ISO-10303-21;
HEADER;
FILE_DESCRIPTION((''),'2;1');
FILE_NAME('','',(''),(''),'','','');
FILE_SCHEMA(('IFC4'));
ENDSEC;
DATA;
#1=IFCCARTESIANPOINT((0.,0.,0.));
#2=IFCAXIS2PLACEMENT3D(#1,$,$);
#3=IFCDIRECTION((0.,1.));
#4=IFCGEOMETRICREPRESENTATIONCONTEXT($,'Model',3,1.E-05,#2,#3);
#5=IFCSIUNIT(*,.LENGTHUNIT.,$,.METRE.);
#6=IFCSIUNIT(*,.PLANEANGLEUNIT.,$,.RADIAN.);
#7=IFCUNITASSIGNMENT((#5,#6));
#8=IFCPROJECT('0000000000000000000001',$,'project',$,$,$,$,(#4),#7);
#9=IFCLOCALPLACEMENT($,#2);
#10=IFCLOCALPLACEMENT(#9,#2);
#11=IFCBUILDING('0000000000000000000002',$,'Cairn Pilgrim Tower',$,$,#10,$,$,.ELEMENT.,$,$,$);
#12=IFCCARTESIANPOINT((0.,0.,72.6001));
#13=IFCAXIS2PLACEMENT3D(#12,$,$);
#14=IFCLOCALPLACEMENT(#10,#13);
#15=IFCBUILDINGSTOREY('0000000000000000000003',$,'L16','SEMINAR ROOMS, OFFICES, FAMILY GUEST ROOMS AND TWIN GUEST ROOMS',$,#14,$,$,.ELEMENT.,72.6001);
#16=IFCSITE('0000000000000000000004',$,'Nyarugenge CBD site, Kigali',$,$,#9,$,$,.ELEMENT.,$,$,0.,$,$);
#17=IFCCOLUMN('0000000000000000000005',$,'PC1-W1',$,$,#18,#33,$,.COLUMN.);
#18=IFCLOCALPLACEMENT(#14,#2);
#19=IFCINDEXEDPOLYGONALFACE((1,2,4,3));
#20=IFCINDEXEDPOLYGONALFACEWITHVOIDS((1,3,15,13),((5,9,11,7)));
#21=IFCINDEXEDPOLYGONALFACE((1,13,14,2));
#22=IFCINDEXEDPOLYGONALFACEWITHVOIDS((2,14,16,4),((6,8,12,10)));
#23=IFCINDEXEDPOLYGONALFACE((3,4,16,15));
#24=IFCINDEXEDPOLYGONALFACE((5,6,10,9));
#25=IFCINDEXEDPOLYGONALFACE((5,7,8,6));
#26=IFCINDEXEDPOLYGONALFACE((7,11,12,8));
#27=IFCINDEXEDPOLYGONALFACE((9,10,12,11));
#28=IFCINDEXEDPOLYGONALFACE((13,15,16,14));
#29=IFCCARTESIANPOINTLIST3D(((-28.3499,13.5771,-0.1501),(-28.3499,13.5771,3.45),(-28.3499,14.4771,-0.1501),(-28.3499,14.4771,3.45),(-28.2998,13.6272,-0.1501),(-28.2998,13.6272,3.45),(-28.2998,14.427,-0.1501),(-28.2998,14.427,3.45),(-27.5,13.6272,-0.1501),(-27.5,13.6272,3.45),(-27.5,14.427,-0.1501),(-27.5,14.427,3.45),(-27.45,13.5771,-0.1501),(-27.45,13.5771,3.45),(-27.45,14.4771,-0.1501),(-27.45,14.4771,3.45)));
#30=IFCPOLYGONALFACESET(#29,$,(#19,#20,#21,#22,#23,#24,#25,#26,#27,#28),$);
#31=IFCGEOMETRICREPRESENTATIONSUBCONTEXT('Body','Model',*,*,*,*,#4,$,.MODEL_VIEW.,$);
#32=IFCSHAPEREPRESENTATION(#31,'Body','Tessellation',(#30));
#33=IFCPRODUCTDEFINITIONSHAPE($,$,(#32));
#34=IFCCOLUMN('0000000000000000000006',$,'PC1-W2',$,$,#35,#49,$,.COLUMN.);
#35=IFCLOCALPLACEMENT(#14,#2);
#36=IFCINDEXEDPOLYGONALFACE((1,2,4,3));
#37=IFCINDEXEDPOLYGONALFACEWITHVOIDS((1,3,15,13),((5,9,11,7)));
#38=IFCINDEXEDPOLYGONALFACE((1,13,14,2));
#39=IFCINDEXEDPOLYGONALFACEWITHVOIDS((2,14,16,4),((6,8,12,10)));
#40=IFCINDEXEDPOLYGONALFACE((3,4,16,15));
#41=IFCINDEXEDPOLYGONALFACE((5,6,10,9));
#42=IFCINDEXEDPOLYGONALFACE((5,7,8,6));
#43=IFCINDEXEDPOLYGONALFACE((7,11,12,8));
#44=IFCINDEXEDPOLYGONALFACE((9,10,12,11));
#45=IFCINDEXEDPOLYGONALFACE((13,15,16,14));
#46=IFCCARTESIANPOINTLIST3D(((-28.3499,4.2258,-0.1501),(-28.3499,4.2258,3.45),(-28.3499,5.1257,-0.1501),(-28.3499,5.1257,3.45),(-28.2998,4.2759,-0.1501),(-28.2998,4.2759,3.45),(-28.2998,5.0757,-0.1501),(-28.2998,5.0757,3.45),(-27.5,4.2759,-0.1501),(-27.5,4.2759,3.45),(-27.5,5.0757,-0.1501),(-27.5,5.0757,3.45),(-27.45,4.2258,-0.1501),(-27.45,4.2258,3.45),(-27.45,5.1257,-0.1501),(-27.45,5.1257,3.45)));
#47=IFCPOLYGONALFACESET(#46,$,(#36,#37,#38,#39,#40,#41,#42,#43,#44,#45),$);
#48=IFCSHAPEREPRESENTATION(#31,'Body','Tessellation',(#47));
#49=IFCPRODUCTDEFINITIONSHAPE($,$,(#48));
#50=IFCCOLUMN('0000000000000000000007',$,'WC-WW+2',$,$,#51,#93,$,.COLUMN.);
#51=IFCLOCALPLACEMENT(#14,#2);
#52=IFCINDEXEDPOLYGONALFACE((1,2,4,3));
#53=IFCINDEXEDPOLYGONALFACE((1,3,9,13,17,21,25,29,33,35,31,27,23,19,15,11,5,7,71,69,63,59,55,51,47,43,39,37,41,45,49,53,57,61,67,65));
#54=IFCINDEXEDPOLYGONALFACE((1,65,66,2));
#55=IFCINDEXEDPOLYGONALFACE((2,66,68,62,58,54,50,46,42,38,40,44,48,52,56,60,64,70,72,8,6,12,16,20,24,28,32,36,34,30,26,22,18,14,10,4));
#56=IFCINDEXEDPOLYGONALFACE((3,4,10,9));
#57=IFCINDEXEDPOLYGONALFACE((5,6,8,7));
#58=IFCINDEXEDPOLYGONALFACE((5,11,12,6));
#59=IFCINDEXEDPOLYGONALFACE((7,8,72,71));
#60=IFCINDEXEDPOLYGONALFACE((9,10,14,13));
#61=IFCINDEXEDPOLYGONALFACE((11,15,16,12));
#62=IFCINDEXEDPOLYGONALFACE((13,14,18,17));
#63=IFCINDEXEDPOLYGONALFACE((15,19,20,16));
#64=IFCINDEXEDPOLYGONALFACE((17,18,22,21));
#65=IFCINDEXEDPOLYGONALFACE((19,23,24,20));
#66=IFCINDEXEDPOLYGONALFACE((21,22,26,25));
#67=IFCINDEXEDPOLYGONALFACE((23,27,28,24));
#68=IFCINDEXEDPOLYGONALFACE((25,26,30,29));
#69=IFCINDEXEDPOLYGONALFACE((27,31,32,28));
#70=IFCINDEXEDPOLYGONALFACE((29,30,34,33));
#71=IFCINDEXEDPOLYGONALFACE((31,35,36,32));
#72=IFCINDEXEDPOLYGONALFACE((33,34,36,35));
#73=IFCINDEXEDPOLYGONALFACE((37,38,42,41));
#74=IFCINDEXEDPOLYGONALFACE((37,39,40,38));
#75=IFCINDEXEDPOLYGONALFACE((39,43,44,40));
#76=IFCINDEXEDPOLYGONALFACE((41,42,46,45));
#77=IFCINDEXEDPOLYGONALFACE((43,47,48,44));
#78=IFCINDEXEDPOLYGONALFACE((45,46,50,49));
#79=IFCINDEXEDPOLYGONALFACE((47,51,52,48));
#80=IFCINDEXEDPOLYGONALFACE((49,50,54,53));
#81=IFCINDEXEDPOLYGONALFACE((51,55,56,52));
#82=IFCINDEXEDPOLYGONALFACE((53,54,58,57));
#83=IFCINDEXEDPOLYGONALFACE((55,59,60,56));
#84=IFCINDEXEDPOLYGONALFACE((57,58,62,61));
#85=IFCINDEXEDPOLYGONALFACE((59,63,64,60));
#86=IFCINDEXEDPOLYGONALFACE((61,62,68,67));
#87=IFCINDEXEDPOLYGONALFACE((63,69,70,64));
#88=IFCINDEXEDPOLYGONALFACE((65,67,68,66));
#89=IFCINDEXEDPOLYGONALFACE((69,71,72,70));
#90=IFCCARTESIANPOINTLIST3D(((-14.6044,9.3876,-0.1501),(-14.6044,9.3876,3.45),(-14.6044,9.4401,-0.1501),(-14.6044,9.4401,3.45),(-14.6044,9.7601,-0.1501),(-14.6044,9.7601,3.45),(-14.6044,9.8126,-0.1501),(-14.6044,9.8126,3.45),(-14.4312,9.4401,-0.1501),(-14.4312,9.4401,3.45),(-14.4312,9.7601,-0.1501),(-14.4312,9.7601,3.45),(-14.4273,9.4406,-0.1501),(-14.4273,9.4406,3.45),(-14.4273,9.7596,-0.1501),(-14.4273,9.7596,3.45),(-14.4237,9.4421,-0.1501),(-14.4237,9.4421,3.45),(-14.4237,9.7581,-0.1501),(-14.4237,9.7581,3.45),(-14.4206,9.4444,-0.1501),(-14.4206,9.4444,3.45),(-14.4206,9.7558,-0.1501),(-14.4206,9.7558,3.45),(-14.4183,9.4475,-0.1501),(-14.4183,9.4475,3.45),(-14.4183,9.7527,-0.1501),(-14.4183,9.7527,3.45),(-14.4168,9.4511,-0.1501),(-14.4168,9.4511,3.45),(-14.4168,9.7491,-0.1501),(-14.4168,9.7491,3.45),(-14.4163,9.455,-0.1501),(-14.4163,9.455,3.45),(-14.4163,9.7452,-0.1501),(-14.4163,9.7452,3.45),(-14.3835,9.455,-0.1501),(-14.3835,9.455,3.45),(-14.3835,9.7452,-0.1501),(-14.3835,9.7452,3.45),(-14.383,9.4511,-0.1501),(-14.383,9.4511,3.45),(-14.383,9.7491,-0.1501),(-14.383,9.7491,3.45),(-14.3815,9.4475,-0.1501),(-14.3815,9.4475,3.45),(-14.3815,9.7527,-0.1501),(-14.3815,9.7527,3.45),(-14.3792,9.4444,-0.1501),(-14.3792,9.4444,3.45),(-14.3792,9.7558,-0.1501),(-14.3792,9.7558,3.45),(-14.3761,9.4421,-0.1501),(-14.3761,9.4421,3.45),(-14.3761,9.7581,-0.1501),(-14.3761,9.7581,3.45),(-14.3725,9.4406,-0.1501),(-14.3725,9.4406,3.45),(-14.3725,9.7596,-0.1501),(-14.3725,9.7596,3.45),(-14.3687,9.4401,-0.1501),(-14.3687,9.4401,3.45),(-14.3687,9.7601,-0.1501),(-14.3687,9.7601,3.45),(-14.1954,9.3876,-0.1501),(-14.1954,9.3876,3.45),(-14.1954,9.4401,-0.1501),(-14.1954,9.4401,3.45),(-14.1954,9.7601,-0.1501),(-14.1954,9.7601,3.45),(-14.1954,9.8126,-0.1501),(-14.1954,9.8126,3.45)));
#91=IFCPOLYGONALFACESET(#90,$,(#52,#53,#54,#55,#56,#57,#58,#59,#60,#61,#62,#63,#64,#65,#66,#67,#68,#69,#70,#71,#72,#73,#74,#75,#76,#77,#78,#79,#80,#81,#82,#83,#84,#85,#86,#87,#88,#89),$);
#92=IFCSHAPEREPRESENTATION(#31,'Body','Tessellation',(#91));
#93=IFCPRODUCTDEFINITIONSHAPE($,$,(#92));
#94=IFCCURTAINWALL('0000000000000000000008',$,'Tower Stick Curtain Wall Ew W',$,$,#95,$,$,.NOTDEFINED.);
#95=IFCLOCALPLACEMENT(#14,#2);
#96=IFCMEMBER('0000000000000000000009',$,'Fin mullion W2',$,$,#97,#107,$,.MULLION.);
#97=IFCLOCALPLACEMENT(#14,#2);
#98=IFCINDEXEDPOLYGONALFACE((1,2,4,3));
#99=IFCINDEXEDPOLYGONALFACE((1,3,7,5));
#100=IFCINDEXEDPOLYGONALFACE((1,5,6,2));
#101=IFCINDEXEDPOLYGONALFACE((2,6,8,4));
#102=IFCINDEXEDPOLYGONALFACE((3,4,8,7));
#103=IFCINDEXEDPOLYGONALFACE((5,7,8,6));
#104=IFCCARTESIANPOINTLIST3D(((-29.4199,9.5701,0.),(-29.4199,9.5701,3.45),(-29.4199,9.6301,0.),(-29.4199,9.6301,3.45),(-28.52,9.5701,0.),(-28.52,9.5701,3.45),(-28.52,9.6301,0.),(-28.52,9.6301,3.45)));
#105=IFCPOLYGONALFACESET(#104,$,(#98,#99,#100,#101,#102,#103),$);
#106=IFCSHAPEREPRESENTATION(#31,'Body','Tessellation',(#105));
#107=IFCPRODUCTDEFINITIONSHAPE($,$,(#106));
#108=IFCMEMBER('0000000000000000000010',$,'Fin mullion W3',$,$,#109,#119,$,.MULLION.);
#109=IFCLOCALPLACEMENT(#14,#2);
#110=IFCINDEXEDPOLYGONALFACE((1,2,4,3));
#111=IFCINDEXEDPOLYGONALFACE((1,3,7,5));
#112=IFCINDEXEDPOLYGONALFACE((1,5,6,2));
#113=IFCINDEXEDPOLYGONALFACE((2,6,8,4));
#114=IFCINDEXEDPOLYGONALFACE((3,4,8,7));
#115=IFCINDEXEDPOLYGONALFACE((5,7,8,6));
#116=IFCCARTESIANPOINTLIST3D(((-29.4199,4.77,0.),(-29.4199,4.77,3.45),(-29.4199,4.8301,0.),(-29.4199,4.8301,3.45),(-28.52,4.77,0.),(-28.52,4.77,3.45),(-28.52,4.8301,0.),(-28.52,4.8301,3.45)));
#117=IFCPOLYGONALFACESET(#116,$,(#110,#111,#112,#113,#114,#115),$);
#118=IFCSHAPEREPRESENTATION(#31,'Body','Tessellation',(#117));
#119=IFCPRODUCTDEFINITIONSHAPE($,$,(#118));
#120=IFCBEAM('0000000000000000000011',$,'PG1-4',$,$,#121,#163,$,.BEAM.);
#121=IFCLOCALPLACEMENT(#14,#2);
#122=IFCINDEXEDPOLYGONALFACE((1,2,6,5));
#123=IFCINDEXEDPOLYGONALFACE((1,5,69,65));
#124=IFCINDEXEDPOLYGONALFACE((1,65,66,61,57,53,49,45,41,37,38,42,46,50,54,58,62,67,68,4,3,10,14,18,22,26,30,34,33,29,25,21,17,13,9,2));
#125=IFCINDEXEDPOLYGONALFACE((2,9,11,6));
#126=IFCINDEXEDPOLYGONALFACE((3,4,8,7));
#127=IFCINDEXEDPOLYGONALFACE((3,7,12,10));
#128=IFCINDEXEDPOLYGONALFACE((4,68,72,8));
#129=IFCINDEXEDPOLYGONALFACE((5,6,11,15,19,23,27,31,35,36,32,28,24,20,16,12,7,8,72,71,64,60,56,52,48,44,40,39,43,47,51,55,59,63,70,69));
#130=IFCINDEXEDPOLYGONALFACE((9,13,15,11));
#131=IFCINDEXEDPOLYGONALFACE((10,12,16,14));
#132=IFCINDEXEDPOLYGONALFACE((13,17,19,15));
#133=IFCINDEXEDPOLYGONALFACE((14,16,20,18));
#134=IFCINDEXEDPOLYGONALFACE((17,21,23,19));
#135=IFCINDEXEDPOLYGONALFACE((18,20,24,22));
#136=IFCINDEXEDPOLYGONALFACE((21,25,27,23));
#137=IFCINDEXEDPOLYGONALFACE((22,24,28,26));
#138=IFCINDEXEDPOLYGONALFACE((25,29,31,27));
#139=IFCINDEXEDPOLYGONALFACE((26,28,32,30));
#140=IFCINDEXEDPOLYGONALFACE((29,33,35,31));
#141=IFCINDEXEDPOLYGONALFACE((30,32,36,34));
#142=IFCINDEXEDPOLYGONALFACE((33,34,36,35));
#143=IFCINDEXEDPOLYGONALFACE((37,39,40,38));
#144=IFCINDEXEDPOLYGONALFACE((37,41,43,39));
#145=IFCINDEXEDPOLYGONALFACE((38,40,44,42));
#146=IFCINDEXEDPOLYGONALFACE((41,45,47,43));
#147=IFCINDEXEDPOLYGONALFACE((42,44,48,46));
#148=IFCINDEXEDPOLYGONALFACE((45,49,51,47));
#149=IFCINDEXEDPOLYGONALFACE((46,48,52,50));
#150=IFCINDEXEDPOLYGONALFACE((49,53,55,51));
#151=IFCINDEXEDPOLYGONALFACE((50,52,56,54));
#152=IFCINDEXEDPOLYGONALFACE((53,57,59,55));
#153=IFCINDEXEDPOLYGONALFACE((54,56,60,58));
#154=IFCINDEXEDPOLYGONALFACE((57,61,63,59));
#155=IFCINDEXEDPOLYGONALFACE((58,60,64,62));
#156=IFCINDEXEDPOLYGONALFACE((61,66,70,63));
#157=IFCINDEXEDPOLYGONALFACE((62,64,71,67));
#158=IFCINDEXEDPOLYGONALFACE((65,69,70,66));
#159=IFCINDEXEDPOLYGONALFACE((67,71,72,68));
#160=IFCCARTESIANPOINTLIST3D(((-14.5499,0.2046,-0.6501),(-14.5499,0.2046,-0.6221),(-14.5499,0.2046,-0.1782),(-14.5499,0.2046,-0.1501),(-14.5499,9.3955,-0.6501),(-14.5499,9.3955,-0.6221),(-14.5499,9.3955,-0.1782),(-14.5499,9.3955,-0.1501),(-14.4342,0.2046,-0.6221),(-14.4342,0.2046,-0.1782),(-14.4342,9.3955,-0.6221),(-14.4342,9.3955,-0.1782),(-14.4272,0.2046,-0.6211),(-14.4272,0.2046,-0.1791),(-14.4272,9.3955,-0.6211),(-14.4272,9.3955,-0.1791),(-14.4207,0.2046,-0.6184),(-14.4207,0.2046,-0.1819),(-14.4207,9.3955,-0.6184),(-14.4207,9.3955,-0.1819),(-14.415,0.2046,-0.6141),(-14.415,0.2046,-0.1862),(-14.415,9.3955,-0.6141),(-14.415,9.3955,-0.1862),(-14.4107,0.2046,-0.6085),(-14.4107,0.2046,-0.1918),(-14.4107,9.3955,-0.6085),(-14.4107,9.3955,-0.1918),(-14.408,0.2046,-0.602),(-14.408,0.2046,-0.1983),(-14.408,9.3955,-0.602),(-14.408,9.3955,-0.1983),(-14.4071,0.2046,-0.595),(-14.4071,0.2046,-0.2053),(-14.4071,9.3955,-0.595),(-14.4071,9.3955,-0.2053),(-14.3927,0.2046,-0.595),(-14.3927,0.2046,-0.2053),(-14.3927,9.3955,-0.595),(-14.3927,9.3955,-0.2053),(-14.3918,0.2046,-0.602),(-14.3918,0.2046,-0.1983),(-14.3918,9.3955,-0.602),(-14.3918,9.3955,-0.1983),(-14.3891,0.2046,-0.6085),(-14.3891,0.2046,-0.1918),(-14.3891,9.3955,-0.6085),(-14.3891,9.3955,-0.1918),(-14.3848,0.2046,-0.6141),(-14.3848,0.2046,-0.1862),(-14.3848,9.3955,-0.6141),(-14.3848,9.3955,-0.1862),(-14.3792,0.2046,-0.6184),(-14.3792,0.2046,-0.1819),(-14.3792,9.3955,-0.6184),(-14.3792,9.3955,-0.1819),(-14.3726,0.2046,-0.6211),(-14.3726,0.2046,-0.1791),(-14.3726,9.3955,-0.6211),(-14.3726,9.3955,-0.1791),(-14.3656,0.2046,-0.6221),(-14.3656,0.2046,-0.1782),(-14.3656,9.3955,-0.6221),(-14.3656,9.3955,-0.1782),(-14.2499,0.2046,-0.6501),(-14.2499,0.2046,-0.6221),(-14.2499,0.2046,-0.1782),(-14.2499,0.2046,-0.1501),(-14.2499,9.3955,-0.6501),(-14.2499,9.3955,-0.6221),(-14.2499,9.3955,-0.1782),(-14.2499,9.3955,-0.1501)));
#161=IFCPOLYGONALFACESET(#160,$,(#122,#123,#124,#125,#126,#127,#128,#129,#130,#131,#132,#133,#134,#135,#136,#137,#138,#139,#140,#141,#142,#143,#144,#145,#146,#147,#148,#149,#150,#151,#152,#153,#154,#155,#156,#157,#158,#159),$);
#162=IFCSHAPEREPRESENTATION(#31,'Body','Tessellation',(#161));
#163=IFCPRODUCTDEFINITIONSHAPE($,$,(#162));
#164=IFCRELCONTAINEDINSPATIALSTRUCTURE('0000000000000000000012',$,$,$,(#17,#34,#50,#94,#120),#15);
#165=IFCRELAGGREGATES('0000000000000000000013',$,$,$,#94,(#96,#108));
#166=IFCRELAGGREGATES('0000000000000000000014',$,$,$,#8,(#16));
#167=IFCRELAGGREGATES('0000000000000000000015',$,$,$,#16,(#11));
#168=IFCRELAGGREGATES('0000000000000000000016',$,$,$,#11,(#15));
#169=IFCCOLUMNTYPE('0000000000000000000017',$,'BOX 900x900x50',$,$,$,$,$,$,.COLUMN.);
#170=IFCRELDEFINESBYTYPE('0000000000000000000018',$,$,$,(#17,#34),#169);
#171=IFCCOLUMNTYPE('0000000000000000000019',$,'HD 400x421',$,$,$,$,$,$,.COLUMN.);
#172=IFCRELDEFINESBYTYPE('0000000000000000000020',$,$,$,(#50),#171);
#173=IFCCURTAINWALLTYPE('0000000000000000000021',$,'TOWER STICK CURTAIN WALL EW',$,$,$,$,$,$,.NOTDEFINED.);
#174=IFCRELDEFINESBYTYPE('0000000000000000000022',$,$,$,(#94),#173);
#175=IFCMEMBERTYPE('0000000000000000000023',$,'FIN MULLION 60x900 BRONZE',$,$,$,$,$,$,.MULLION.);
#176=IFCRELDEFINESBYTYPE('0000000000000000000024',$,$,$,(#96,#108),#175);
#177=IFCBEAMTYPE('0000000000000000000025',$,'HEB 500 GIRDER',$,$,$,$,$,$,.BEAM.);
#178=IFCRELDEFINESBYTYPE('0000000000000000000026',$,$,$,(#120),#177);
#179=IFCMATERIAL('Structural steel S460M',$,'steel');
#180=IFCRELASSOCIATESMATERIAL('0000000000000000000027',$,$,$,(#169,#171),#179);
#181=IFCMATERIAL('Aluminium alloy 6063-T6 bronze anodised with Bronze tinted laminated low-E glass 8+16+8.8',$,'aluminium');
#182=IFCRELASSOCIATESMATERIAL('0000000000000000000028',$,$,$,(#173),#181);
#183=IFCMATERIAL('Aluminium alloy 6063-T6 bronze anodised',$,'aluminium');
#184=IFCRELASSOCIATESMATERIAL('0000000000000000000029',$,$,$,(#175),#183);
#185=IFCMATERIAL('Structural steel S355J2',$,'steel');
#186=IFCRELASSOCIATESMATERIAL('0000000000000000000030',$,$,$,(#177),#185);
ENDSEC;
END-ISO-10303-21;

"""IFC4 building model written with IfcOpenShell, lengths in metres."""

from ifc_helpers import new_model, si_unit, direction, frame, origin, origin_2d, place, context, subcontext, project, spatial, rectangle, hollow_rectangle, i_section, extrude, material, material_profile, profile_set, type_object, element, aggregate, save


model = new_model("IFC4")

# Units and contexts
model_context = context("Model", 3, precision=1e-05, world=origin(), true_north=direction((0.0, 1.0)))
body_context = subcontext(model_context, "Body", "Model", "MODEL_VIEW")
ifc_project = project(units=[si_unit("LENGTHUNIT", "METRE"), si_unit("PLANEANGLEUNIT", "RADIAN")], contexts=[model_context])

# Site, building, storey
site_placement = place(None, origin())
site = spatial("IfcSite", under=ifc_project, at=site_placement, Name="Nyarugenge CBD site, Kigali", CompositionType="ELEMENT", RefElevation=0.0)
building_placement = place(site_placement, origin())
building = spatial("IfcBuilding", under=site, at=building_placement, Name="Cairn Pilgrim Tower", CompositionType="ELEMENT")
storey_placement = place(building_placement, frame((0.0, 0.0, 72.6001)))
storey = spatial("IfcBuildingStorey", under=building, at=storey_placement, Name="L16", Description="SEMINAR ROOMS, OFFICES, FAMILY GUEST ROOMS AND TWIN GUEST ROOMS", CompositionType="ELEMENT", Elevation=72.6001)

# Columns
ifc_material_1 = material(Name="Structural steel S460M", Category="steel")
ifc_material_profile_1 = material_profile(ifc_material_1, hollow_rectangle(XDim=0.8999, YDim=0.8999, WallThickness=0.05, at=origin_2d()), Name="BOX 900x900x50")
ifc_profile_set_1 = profile_set([ifc_material_profile_1], Name="Structural steel S460M")
column_type_1 = type_object("IfcColumnType", Name="BOX 900x900x50", PredefinedType="COLUMN", material=ifc_profile_set_1)
for number, where, z_axis, x_axis, name in (
    (1, (-27.8999, 14.0271, -0.1501), (0.0, 0.0, 1.0), (1.0, 0.0, 0.0), "PC1-W1"),
    (2, (-27.8999, 4.6758, -0.1501), (0.0, 0.0, 1.0), (1.0, 0.0, 0.0), "PC1-W2"),
):
    element("IfcColumn", number, at=place(storey_placement, frame(where, z_axis=z_axis, x_axis=x_axis)), inside=storey, type_object=column_type_1, Name=name, PredefinedType="COLUMN", context=body_context, shape_type="SweptSolid", body=[
        extrude(hollow_rectangle(XDim=0.8999, YDim=0.8999, WallThickness=0.05, at=origin_2d()), origin(), (0.0, 0.0, 1.0), 3.6001),
    ])
ifc_material_profile_2 = material_profile(ifc_material_1, i_section(OverallWidth=0.4089, OverallDepth=0.425, WebThickness=0.0327, FlangeThickness=0.0525, FilletRadius=0.0149, at=origin_2d()), Name="HD 400x421")
ifc_profile_set_2 = profile_set([ifc_material_profile_2], Name="Structural steel S460M")
column_type_2 = type_object("IfcColumnType", Name="HD 400x421", PredefinedType="COLUMN", material=ifc_profile_set_2)
column_placement = place(storey_placement, frame((-14.3999, 9.6001, -0.1501), z_axis=(0.0, 0.0, 1.0), x_axis=(1.0, 0.0, 0.0)))
element("IfcColumn", 3, at=column_placement, inside=storey, type_object=column_type_2, Name="WC-WW+2", PredefinedType="COLUMN", context=body_context, shape_type="SweptSolid", body=[
    extrude(i_section(OverallWidth=0.4089, OverallDepth=0.425, WebThickness=0.0327, FlangeThickness=0.0525, FilletRadius=0.0149, at=origin_2d()), origin(), (0.0, 0.0, 1.0), 3.6001),
])

# Curtain wall, members
ifc_material_2 = material(Name="Aluminium alloy 6063-T6 bronze anodised with Bronze tinted laminated low-E glass 8+16+8.8", Category="aluminium")
curtain_wall_type = type_object("IfcCurtainWallType", Name="TOWER STICK CURTAIN WALL EW", PredefinedType="NOTDEFINED", material=ifc_material_2)
curtain_wall_placement = place(storey_placement, origin())
curtain_wall = element("IfcCurtainWall", 4, at=curtain_wall_placement, inside=storey, type_object=curtain_wall_type, Name="Tower Stick Curtain Wall Ew W", PredefinedType="NOTDEFINED")
ifc_material_3 = material(Name="Aluminium alloy 6063-T6 bronze anodised", Category="aluminium")
ifc_material_profile_3 = material_profile(ifc_material_3, rectangle(XDim=0.8999, YDim=0.0601, at=origin_2d()), Name="FIN MULLION 60x900 BRONZE")
ifc_profile_set_3 = profile_set([ifc_material_profile_3], Name="Aluminium alloy 6063-T6 bronze anodised")
member_type_1 = type_object("IfcMemberType", Name="FIN MULLION 60x900 BRONZE", PredefinedType="MULLION", material=ifc_profile_set_3)
member_1_placement = place(storey_placement, frame((-28.97, 9.6001, 0.0), z_axis=(0.0, 0.0, 1.0), x_axis=(-1.0, 0.0, 0.0)))
member_1 = element("IfcMember", 5, at=member_1_placement, type_object=member_type_1, Name="Fin mullion W2", PredefinedType="MULLION", context=body_context, shape_type="SweptSolid", body=[
    extrude(rectangle(XDim=0.8999, YDim=0.0601, at=origin_2d()), origin(), (0.0, 0.0, 1.0), 3.45),
])
member_2_placement = place(storey_placement, frame((-28.97, 4.8, 0.0), z_axis=(0.0, 0.0, 1.0), x_axis=(-1.0, 0.0, 0.0)))
member_2 = element("IfcMember", 6, at=member_2_placement, type_object=member_type_1, Name="Fin mullion W3", PredefinedType="MULLION", context=body_context, shape_type="SweptSolid", body=[
    extrude(rectangle(XDim=0.8999, YDim=0.0601, at=origin_2d()), origin(), (0.0, 0.0, 1.0), 3.45),
])

# Beam
ifc_material_4 = material(Name="Structural steel S355J2", Category="steel")
ifc_material_profile_4 = material_profile(ifc_material_4, i_section(OverallWidth=0.3, OverallDepth=0.5, WebThickness=0.0144, FlangeThickness=0.0281, FilletRadius=0.0271, at=origin_2d()), Name="HEB 500")
ifc_profile_set_4 = profile_set([ifc_material_profile_4], Name="Structural steel S355J2")
beam_type_1 = type_object("IfcBeamType", Name="HEB 500 GIRDER", PredefinedType="BEAM", material=ifc_profile_set_4)
beam_placement = place(storey_placement, frame((-14.3999, 0.2046, -0.4001), z_axis=(0.0, 1.0, 0.0), x_axis=(-1.0, 0.0, 0.0)))
element("IfcBeam", 7, at=beam_placement, inside=storey, type_object=beam_type_1, Name="PG1-4", PredefinedType="BEAM", context=body_context, shape_type="SweptSolid", body=[
    extrude(i_section(OverallWidth=0.3, OverallDepth=0.5, WebThickness=0.0144, FlangeThickness=0.0281, FilletRadius=0.0271, at=origin_2d()), origin(), (0.0, 0.0, 1.0), 9.1909),
])

aggregate(curtain_wall, [member_1, member_2])

save(model, "model.ifc")
